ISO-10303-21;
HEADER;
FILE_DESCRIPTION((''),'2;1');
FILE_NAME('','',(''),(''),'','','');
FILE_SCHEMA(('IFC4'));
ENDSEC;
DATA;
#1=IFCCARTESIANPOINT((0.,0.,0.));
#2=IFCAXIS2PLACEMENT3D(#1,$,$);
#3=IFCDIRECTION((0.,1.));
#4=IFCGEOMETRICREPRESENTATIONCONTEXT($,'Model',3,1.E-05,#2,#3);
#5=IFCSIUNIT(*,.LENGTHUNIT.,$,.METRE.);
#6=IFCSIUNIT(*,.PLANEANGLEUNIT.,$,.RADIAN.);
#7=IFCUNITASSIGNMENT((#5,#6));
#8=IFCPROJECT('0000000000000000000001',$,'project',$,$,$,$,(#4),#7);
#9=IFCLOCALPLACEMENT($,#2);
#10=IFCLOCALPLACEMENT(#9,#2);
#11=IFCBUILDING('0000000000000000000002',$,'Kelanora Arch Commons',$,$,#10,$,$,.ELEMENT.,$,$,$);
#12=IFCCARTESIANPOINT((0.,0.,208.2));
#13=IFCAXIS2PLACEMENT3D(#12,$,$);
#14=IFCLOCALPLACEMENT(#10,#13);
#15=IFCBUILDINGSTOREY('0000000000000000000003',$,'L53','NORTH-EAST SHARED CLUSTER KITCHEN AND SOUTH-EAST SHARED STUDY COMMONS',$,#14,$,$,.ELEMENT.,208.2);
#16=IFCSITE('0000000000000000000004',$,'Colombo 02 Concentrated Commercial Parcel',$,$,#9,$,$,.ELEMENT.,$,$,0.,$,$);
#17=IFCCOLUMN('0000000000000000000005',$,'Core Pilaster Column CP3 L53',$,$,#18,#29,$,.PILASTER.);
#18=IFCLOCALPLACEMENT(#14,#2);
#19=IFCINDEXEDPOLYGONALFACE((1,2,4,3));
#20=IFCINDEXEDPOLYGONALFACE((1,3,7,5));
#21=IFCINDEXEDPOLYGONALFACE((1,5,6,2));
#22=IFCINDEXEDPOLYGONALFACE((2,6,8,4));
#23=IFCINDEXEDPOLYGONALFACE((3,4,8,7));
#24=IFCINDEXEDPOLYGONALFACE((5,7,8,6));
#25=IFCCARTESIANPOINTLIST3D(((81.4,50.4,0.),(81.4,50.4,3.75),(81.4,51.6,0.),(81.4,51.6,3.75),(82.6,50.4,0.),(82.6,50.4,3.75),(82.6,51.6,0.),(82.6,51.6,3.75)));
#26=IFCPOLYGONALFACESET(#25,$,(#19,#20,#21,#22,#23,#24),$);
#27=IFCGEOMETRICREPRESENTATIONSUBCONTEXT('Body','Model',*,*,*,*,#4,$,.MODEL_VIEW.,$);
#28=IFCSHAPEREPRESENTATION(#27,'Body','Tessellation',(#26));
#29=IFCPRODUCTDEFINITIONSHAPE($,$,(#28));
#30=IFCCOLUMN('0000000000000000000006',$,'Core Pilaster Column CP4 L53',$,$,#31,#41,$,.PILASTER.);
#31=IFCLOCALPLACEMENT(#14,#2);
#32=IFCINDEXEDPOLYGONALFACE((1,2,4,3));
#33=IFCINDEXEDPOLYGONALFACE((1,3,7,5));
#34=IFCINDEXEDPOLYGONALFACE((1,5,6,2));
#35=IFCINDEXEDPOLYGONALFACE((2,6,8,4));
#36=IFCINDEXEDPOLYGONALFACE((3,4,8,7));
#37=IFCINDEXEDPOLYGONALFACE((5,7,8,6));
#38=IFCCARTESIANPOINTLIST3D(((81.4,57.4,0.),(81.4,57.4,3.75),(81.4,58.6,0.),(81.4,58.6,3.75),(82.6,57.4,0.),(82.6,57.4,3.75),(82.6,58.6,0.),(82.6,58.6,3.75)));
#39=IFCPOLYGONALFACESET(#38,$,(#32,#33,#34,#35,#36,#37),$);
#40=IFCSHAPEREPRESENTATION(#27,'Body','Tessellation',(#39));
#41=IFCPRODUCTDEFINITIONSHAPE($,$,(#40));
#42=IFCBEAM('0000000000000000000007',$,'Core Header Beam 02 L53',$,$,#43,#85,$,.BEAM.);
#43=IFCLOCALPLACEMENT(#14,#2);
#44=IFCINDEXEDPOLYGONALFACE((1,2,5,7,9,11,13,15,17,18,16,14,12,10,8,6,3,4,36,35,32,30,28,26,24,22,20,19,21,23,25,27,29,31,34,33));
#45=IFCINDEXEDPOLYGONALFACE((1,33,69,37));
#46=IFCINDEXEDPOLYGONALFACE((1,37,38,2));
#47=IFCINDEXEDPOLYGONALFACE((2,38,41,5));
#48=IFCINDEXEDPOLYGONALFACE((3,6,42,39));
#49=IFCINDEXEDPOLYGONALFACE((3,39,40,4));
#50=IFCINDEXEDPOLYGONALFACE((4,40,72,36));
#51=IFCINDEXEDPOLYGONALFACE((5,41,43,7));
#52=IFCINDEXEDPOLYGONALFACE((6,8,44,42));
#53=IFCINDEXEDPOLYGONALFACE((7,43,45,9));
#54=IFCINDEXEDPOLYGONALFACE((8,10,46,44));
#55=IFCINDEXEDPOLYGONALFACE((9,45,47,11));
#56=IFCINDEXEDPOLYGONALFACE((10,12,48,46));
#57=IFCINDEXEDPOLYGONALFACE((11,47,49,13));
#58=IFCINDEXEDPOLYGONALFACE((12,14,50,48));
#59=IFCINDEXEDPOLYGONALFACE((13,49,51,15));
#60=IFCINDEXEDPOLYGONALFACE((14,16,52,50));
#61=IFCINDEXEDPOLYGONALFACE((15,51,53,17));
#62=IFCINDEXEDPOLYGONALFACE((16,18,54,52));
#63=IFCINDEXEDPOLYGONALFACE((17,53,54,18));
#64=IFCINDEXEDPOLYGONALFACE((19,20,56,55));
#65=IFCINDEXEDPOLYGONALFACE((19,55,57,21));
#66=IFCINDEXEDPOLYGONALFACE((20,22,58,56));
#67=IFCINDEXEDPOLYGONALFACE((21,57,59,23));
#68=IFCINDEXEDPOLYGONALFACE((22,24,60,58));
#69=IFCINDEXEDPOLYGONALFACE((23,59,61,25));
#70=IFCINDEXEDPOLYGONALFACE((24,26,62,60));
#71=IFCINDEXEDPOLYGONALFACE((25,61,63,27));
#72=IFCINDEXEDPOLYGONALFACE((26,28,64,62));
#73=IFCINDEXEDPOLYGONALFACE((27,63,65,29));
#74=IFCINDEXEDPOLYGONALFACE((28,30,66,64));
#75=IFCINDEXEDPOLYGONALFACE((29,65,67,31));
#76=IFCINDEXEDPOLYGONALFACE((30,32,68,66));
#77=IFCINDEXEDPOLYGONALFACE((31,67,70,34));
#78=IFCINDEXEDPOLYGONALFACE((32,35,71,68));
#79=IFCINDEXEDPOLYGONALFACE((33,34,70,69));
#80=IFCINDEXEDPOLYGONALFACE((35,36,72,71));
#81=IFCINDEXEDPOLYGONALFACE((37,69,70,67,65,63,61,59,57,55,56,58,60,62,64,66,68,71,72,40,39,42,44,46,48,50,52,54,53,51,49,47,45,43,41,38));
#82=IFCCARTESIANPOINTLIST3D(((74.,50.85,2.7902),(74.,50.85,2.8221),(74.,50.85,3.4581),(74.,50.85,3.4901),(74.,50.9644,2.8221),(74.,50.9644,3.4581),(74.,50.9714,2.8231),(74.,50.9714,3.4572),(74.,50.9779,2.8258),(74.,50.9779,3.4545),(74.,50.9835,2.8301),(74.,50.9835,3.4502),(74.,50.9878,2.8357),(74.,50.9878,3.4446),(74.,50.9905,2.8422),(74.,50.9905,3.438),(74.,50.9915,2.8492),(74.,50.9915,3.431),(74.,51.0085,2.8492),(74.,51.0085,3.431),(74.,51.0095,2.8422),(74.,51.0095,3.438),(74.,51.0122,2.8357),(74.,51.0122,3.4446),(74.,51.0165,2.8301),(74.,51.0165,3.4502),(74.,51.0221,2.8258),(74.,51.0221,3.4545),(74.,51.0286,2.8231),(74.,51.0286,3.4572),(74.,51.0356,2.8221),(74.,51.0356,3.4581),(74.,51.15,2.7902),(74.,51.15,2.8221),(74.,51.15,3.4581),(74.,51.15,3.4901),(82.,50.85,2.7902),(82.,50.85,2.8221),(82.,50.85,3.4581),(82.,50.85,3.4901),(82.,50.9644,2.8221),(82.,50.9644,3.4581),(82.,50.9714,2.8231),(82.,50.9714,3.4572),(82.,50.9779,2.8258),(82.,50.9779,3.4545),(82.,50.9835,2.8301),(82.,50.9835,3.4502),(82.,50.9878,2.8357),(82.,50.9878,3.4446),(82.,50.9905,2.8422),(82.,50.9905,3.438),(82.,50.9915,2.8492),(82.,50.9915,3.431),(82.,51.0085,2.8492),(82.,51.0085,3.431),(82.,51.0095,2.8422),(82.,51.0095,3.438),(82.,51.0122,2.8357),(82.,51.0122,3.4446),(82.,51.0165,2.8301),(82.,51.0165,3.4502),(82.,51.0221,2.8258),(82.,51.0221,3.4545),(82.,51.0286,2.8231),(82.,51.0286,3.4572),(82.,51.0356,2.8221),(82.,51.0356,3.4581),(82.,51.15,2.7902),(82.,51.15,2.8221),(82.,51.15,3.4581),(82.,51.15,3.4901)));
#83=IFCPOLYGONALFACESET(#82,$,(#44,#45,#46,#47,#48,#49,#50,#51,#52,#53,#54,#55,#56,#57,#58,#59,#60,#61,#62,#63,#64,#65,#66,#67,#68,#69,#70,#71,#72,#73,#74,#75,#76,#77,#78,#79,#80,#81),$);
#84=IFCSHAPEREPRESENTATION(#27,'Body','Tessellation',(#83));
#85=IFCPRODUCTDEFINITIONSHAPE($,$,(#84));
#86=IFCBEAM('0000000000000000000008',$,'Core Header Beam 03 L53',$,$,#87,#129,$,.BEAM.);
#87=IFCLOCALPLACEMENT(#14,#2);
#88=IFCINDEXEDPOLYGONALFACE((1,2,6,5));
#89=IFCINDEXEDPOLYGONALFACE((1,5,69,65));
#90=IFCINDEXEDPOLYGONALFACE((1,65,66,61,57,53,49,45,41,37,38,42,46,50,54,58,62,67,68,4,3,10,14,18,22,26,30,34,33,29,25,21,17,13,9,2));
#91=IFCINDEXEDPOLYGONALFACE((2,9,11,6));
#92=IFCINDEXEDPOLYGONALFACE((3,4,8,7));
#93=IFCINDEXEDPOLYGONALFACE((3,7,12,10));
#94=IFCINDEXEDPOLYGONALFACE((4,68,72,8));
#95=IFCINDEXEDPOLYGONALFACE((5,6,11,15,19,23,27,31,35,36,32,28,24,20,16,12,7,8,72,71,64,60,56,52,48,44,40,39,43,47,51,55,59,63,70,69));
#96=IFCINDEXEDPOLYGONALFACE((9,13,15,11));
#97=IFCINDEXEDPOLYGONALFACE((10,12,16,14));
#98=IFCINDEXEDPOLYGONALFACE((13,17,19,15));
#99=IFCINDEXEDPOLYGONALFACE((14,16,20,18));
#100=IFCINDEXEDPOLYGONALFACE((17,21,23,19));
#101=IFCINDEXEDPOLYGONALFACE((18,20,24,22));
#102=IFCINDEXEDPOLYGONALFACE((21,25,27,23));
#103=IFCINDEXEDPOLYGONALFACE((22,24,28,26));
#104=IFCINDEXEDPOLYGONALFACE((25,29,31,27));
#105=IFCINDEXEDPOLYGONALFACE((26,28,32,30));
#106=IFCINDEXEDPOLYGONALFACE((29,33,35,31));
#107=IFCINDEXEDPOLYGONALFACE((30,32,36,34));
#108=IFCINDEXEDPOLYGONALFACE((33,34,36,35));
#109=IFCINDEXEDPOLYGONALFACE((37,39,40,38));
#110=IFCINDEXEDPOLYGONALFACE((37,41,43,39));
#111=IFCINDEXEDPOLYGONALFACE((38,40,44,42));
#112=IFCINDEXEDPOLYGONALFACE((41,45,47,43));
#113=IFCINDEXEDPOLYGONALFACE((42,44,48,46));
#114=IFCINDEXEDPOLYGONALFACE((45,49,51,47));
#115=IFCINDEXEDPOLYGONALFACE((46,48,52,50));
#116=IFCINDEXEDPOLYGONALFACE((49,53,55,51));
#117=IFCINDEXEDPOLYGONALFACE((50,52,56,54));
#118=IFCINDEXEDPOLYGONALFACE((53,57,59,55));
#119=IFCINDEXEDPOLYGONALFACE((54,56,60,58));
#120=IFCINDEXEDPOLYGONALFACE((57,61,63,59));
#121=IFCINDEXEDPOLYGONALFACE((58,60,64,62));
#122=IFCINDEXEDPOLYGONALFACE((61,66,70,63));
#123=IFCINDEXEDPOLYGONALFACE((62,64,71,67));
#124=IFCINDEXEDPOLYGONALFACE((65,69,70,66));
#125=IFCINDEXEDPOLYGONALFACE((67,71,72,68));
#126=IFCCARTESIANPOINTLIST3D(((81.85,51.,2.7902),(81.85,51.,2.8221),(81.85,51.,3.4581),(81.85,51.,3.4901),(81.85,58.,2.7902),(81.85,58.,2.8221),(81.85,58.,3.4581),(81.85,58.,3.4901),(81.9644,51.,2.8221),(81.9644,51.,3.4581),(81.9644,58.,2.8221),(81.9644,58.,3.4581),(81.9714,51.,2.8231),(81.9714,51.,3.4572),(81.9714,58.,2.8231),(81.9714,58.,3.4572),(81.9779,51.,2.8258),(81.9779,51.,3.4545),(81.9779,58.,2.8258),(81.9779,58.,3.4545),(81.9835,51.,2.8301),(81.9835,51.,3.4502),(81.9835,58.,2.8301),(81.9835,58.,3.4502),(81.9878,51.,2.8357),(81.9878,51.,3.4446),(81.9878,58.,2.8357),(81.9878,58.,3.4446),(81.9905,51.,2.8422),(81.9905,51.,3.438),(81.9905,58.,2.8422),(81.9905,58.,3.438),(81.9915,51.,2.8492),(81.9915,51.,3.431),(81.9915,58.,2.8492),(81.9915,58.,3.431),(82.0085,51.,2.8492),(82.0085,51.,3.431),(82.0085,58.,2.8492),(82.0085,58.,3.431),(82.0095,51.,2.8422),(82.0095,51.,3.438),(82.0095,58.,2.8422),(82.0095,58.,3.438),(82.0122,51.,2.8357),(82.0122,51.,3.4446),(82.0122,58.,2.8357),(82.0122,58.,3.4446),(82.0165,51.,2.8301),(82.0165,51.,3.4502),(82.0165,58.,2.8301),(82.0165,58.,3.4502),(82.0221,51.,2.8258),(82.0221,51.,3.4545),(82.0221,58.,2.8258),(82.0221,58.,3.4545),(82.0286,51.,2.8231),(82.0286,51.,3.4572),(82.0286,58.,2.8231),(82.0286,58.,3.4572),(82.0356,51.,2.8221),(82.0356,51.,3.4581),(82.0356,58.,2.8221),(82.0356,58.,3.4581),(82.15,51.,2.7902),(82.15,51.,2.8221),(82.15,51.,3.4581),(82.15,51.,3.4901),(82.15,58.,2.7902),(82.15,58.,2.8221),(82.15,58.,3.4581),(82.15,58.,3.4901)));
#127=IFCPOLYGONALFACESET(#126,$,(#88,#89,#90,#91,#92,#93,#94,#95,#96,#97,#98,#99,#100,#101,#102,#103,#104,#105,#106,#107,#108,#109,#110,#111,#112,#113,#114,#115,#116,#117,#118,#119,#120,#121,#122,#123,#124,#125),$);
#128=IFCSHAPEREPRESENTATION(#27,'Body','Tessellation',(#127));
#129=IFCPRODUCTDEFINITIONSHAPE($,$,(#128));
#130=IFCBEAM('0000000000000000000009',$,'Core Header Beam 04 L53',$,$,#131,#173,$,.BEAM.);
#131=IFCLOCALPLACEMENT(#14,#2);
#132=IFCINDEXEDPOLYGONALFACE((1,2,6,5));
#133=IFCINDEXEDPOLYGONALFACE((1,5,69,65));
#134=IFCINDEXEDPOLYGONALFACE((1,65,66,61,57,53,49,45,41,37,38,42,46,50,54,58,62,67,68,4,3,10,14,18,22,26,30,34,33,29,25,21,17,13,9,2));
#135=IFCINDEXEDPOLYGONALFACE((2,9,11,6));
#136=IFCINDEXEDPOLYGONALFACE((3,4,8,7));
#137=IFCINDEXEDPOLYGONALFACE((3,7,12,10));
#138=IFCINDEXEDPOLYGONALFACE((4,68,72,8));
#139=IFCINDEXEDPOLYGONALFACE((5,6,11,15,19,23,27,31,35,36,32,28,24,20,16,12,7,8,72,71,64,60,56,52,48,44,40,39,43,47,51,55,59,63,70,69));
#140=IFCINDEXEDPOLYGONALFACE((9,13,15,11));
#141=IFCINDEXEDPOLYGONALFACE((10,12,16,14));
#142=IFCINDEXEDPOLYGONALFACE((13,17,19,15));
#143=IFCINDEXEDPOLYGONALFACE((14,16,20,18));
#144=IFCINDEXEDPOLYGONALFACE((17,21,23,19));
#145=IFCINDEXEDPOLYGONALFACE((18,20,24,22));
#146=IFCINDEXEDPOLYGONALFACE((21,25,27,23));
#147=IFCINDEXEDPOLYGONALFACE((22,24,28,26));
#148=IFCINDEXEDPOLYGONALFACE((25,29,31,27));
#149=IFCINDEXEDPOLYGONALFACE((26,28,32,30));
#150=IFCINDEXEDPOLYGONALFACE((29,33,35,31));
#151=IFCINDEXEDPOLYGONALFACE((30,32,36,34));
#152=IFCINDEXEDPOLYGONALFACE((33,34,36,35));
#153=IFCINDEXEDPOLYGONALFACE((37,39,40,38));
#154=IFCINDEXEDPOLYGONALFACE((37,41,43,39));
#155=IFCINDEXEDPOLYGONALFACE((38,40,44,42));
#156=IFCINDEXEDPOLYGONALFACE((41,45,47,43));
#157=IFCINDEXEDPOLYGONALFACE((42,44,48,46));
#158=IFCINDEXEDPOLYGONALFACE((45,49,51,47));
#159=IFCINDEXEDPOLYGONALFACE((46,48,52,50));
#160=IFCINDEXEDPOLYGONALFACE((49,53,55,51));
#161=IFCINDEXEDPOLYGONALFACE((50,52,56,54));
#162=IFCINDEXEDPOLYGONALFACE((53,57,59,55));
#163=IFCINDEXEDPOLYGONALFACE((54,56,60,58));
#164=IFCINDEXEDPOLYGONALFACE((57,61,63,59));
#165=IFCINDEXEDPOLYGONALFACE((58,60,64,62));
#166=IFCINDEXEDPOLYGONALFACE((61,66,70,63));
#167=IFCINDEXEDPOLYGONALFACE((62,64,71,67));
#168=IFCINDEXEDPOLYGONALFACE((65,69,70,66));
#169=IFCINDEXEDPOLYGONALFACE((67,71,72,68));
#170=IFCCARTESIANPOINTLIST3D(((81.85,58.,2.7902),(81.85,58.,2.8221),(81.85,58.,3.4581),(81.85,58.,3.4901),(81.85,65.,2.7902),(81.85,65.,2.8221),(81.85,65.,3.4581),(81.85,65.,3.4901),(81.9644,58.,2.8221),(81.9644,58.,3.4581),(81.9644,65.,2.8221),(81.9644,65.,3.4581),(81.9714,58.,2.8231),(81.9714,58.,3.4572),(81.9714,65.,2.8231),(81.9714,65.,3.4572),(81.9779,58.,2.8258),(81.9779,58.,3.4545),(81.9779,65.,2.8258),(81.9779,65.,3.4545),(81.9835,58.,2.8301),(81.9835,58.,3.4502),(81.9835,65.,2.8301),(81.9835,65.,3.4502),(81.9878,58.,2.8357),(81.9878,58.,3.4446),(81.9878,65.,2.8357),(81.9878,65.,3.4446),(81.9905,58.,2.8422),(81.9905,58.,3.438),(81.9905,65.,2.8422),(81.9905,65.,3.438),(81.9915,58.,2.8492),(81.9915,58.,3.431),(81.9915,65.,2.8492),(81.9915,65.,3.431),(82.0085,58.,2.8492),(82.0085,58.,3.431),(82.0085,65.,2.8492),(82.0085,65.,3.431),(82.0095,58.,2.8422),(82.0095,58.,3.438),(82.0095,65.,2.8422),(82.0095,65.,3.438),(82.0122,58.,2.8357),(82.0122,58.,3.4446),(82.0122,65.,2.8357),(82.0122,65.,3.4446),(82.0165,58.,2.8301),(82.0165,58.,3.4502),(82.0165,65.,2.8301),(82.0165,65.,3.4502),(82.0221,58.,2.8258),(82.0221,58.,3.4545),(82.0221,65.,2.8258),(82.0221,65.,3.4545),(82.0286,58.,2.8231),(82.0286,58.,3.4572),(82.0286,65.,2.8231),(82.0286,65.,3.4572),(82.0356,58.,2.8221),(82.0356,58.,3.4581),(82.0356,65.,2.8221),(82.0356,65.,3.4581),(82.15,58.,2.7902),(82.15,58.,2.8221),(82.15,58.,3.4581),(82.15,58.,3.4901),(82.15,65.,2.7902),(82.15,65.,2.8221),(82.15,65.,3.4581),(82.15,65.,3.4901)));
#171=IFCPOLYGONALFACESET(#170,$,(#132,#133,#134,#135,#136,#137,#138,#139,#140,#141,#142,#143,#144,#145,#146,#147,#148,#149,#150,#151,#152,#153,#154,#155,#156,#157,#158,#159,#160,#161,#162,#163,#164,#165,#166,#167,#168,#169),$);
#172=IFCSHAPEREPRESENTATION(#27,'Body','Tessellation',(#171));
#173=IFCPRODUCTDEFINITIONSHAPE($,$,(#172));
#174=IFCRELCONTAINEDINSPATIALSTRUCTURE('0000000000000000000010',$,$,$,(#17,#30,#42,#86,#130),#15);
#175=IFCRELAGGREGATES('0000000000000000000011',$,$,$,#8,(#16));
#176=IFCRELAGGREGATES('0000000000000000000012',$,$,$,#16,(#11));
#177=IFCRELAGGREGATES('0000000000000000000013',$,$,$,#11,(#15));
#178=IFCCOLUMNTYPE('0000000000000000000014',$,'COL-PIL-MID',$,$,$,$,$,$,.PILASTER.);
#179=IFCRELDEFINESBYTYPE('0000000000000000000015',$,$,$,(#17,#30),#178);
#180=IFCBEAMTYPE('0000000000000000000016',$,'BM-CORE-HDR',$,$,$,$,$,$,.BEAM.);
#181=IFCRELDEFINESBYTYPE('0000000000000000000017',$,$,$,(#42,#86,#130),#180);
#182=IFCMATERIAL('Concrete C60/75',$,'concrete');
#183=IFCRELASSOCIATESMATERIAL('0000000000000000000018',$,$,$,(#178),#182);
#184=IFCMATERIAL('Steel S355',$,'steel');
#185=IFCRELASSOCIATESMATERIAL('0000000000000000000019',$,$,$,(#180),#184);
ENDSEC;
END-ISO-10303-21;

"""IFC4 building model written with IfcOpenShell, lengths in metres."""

from ifc_helpers import new_model, si_unit, direction, frame, origin, origin_2d, place, context, subcontext, project, spatial, rectangle, i_section, extrude, material, material_profile, profile_set, type_object, element, save


model = new_model("IFC4")

# Units and contexts
model_context = context("Model", 3, precision=1e-05, world=origin(), true_north=direction((0.0, 1.0)))
body_context = subcontext(model_context, "Body", "Model", "MODEL_VIEW")
ifc_project = project(units=[si_unit("LENGTHUNIT", "METRE"), si_unit("PLANEANGLEUNIT", "RADIAN")], contexts=[model_context])

# Site, building, storey
site_placement = place(None, origin())
site = spatial("IfcSite", under=ifc_project, at=site_placement, Name="Colombo 02 Concentrated Commercial Parcel", CompositionType="ELEMENT", RefElevation=0.0)
building_placement = place(site_placement, origin())
building = spatial("IfcBuilding", under=site, at=building_placement, Name="Kelanora Arch Commons", CompositionType="ELEMENT")
storey_placement = place(building_placement, frame((0.0, 0.0, 208.2)))
storey = spatial("IfcBuildingStorey", under=building, at=storey_placement, Name="L53", Description="NORTH-EAST SHARED CLUSTER KITCHEN AND SOUTH-EAST SHARED STUDY COMMONS", CompositionType="ELEMENT", Elevation=208.2)

# Columns
ifc_material_1 = material(Name="Concrete C60/75", Category="concrete")
ifc_material_profile_1 = material_profile(ifc_material_1, rectangle(XDim=1.2, YDim=1.2, at=origin_2d()), Name="RC1200x1200")
ifc_profile_set_1 = profile_set([ifc_material_profile_1], Name="Concrete C60/75")
column_type = type_object("IfcColumnType", Name="COL-PIL-MID", PredefinedType="PILASTER", material=ifc_profile_set_1)
for number, where, z_axis, x_axis, name in (
    (1, (82.0, 51.0, 0.0), (0.0, 0.0, 1.0), (1.0, 0.0, 0.0), "Core Pilaster Column CP3 L53"),
    (2, (82.0, 58.0, 0.0), (0.0, 0.0, 1.0), (1.0, 0.0, 0.0), "Core Pilaster Column CP4 L53"),
):
    element("IfcColumn", number, at=place(storey_placement, frame(where, z_axis=z_axis, x_axis=x_axis)), inside=storey, type_object=column_type, Name=name, PredefinedType="PILASTER", context=body_context, shape_type="SweptSolid", body=[
        extrude(rectangle(XDim=1.2, YDim=1.2, at=origin_2d()), origin(), (0.0, 0.0, 1.0), 3.75),
    ])

# Beams
ifc_material_2 = material(Name="Steel S355", Category="steel")
ifc_material_profile_2 = material_profile(ifc_material_2, i_section(OverallWidth=0.3, OverallDepth=0.7, WebThickness=0.0171, FlangeThickness=0.032, FilletRadius=0.0271, at=origin_2d()), Name="HEB700")
ifc_profile_set_2 = profile_set([ifc_material_profile_2], Name="Steel S355")
beam_type_1 = type_object("IfcBeamType", Name="BM-CORE-HDR", PredefinedType="BEAM", material=ifc_profile_set_2)
beam_1_placement = place(storey_placement, frame((74.0, 51.0, 3.1401), z_axis=(1.0, 0.0, 0.0), x_axis=(0.0, 1.0, 0.0)))
element("IfcBeam", 3, at=beam_1_placement, inside=storey, type_object=beam_type_1, Name="Core Header Beam 02 L53", PredefinedType="BEAM", context=body_context, shape_type="SweptSolid", body=[
    extrude(i_section(OverallWidth=0.3, OverallDepth=0.7, WebThickness=0.0171, FlangeThickness=0.032, FilletRadius=0.0271, at=origin_2d()), origin(), (0.0, 0.0, 1.0), 8.0),
])
for number, where, z_axis, x_axis, name in (
    (4, (82.0, 51.0, 3.1401), (0.0, 1.0, 0.0), (-1.0, 0.0, 0.0), "Core Header Beam 03 L53"),
    (5, (82.0, 58.0, 3.1401), (0.0, 1.0, 0.0), (-1.0, 0.0, 0.0), "Core Header Beam 04 L53"),
):
    element("IfcBeam", number, at=place(storey_placement, frame(where, z_axis=z_axis, x_axis=x_axis)), inside=storey, type_object=beam_type_1, Name=name, PredefinedType="BEAM", context=body_context, shape_type="SweptSolid", body=[
        extrude(i_section(OverallWidth=0.3, OverallDepth=0.7, WebThickness=0.0171, FlangeThickness=0.032, FilletRadius=0.0271, at=origin_2d()), origin(), (0.0, 0.0, 1.0), 7.0),
    ])

save(model, "model.ifc")
